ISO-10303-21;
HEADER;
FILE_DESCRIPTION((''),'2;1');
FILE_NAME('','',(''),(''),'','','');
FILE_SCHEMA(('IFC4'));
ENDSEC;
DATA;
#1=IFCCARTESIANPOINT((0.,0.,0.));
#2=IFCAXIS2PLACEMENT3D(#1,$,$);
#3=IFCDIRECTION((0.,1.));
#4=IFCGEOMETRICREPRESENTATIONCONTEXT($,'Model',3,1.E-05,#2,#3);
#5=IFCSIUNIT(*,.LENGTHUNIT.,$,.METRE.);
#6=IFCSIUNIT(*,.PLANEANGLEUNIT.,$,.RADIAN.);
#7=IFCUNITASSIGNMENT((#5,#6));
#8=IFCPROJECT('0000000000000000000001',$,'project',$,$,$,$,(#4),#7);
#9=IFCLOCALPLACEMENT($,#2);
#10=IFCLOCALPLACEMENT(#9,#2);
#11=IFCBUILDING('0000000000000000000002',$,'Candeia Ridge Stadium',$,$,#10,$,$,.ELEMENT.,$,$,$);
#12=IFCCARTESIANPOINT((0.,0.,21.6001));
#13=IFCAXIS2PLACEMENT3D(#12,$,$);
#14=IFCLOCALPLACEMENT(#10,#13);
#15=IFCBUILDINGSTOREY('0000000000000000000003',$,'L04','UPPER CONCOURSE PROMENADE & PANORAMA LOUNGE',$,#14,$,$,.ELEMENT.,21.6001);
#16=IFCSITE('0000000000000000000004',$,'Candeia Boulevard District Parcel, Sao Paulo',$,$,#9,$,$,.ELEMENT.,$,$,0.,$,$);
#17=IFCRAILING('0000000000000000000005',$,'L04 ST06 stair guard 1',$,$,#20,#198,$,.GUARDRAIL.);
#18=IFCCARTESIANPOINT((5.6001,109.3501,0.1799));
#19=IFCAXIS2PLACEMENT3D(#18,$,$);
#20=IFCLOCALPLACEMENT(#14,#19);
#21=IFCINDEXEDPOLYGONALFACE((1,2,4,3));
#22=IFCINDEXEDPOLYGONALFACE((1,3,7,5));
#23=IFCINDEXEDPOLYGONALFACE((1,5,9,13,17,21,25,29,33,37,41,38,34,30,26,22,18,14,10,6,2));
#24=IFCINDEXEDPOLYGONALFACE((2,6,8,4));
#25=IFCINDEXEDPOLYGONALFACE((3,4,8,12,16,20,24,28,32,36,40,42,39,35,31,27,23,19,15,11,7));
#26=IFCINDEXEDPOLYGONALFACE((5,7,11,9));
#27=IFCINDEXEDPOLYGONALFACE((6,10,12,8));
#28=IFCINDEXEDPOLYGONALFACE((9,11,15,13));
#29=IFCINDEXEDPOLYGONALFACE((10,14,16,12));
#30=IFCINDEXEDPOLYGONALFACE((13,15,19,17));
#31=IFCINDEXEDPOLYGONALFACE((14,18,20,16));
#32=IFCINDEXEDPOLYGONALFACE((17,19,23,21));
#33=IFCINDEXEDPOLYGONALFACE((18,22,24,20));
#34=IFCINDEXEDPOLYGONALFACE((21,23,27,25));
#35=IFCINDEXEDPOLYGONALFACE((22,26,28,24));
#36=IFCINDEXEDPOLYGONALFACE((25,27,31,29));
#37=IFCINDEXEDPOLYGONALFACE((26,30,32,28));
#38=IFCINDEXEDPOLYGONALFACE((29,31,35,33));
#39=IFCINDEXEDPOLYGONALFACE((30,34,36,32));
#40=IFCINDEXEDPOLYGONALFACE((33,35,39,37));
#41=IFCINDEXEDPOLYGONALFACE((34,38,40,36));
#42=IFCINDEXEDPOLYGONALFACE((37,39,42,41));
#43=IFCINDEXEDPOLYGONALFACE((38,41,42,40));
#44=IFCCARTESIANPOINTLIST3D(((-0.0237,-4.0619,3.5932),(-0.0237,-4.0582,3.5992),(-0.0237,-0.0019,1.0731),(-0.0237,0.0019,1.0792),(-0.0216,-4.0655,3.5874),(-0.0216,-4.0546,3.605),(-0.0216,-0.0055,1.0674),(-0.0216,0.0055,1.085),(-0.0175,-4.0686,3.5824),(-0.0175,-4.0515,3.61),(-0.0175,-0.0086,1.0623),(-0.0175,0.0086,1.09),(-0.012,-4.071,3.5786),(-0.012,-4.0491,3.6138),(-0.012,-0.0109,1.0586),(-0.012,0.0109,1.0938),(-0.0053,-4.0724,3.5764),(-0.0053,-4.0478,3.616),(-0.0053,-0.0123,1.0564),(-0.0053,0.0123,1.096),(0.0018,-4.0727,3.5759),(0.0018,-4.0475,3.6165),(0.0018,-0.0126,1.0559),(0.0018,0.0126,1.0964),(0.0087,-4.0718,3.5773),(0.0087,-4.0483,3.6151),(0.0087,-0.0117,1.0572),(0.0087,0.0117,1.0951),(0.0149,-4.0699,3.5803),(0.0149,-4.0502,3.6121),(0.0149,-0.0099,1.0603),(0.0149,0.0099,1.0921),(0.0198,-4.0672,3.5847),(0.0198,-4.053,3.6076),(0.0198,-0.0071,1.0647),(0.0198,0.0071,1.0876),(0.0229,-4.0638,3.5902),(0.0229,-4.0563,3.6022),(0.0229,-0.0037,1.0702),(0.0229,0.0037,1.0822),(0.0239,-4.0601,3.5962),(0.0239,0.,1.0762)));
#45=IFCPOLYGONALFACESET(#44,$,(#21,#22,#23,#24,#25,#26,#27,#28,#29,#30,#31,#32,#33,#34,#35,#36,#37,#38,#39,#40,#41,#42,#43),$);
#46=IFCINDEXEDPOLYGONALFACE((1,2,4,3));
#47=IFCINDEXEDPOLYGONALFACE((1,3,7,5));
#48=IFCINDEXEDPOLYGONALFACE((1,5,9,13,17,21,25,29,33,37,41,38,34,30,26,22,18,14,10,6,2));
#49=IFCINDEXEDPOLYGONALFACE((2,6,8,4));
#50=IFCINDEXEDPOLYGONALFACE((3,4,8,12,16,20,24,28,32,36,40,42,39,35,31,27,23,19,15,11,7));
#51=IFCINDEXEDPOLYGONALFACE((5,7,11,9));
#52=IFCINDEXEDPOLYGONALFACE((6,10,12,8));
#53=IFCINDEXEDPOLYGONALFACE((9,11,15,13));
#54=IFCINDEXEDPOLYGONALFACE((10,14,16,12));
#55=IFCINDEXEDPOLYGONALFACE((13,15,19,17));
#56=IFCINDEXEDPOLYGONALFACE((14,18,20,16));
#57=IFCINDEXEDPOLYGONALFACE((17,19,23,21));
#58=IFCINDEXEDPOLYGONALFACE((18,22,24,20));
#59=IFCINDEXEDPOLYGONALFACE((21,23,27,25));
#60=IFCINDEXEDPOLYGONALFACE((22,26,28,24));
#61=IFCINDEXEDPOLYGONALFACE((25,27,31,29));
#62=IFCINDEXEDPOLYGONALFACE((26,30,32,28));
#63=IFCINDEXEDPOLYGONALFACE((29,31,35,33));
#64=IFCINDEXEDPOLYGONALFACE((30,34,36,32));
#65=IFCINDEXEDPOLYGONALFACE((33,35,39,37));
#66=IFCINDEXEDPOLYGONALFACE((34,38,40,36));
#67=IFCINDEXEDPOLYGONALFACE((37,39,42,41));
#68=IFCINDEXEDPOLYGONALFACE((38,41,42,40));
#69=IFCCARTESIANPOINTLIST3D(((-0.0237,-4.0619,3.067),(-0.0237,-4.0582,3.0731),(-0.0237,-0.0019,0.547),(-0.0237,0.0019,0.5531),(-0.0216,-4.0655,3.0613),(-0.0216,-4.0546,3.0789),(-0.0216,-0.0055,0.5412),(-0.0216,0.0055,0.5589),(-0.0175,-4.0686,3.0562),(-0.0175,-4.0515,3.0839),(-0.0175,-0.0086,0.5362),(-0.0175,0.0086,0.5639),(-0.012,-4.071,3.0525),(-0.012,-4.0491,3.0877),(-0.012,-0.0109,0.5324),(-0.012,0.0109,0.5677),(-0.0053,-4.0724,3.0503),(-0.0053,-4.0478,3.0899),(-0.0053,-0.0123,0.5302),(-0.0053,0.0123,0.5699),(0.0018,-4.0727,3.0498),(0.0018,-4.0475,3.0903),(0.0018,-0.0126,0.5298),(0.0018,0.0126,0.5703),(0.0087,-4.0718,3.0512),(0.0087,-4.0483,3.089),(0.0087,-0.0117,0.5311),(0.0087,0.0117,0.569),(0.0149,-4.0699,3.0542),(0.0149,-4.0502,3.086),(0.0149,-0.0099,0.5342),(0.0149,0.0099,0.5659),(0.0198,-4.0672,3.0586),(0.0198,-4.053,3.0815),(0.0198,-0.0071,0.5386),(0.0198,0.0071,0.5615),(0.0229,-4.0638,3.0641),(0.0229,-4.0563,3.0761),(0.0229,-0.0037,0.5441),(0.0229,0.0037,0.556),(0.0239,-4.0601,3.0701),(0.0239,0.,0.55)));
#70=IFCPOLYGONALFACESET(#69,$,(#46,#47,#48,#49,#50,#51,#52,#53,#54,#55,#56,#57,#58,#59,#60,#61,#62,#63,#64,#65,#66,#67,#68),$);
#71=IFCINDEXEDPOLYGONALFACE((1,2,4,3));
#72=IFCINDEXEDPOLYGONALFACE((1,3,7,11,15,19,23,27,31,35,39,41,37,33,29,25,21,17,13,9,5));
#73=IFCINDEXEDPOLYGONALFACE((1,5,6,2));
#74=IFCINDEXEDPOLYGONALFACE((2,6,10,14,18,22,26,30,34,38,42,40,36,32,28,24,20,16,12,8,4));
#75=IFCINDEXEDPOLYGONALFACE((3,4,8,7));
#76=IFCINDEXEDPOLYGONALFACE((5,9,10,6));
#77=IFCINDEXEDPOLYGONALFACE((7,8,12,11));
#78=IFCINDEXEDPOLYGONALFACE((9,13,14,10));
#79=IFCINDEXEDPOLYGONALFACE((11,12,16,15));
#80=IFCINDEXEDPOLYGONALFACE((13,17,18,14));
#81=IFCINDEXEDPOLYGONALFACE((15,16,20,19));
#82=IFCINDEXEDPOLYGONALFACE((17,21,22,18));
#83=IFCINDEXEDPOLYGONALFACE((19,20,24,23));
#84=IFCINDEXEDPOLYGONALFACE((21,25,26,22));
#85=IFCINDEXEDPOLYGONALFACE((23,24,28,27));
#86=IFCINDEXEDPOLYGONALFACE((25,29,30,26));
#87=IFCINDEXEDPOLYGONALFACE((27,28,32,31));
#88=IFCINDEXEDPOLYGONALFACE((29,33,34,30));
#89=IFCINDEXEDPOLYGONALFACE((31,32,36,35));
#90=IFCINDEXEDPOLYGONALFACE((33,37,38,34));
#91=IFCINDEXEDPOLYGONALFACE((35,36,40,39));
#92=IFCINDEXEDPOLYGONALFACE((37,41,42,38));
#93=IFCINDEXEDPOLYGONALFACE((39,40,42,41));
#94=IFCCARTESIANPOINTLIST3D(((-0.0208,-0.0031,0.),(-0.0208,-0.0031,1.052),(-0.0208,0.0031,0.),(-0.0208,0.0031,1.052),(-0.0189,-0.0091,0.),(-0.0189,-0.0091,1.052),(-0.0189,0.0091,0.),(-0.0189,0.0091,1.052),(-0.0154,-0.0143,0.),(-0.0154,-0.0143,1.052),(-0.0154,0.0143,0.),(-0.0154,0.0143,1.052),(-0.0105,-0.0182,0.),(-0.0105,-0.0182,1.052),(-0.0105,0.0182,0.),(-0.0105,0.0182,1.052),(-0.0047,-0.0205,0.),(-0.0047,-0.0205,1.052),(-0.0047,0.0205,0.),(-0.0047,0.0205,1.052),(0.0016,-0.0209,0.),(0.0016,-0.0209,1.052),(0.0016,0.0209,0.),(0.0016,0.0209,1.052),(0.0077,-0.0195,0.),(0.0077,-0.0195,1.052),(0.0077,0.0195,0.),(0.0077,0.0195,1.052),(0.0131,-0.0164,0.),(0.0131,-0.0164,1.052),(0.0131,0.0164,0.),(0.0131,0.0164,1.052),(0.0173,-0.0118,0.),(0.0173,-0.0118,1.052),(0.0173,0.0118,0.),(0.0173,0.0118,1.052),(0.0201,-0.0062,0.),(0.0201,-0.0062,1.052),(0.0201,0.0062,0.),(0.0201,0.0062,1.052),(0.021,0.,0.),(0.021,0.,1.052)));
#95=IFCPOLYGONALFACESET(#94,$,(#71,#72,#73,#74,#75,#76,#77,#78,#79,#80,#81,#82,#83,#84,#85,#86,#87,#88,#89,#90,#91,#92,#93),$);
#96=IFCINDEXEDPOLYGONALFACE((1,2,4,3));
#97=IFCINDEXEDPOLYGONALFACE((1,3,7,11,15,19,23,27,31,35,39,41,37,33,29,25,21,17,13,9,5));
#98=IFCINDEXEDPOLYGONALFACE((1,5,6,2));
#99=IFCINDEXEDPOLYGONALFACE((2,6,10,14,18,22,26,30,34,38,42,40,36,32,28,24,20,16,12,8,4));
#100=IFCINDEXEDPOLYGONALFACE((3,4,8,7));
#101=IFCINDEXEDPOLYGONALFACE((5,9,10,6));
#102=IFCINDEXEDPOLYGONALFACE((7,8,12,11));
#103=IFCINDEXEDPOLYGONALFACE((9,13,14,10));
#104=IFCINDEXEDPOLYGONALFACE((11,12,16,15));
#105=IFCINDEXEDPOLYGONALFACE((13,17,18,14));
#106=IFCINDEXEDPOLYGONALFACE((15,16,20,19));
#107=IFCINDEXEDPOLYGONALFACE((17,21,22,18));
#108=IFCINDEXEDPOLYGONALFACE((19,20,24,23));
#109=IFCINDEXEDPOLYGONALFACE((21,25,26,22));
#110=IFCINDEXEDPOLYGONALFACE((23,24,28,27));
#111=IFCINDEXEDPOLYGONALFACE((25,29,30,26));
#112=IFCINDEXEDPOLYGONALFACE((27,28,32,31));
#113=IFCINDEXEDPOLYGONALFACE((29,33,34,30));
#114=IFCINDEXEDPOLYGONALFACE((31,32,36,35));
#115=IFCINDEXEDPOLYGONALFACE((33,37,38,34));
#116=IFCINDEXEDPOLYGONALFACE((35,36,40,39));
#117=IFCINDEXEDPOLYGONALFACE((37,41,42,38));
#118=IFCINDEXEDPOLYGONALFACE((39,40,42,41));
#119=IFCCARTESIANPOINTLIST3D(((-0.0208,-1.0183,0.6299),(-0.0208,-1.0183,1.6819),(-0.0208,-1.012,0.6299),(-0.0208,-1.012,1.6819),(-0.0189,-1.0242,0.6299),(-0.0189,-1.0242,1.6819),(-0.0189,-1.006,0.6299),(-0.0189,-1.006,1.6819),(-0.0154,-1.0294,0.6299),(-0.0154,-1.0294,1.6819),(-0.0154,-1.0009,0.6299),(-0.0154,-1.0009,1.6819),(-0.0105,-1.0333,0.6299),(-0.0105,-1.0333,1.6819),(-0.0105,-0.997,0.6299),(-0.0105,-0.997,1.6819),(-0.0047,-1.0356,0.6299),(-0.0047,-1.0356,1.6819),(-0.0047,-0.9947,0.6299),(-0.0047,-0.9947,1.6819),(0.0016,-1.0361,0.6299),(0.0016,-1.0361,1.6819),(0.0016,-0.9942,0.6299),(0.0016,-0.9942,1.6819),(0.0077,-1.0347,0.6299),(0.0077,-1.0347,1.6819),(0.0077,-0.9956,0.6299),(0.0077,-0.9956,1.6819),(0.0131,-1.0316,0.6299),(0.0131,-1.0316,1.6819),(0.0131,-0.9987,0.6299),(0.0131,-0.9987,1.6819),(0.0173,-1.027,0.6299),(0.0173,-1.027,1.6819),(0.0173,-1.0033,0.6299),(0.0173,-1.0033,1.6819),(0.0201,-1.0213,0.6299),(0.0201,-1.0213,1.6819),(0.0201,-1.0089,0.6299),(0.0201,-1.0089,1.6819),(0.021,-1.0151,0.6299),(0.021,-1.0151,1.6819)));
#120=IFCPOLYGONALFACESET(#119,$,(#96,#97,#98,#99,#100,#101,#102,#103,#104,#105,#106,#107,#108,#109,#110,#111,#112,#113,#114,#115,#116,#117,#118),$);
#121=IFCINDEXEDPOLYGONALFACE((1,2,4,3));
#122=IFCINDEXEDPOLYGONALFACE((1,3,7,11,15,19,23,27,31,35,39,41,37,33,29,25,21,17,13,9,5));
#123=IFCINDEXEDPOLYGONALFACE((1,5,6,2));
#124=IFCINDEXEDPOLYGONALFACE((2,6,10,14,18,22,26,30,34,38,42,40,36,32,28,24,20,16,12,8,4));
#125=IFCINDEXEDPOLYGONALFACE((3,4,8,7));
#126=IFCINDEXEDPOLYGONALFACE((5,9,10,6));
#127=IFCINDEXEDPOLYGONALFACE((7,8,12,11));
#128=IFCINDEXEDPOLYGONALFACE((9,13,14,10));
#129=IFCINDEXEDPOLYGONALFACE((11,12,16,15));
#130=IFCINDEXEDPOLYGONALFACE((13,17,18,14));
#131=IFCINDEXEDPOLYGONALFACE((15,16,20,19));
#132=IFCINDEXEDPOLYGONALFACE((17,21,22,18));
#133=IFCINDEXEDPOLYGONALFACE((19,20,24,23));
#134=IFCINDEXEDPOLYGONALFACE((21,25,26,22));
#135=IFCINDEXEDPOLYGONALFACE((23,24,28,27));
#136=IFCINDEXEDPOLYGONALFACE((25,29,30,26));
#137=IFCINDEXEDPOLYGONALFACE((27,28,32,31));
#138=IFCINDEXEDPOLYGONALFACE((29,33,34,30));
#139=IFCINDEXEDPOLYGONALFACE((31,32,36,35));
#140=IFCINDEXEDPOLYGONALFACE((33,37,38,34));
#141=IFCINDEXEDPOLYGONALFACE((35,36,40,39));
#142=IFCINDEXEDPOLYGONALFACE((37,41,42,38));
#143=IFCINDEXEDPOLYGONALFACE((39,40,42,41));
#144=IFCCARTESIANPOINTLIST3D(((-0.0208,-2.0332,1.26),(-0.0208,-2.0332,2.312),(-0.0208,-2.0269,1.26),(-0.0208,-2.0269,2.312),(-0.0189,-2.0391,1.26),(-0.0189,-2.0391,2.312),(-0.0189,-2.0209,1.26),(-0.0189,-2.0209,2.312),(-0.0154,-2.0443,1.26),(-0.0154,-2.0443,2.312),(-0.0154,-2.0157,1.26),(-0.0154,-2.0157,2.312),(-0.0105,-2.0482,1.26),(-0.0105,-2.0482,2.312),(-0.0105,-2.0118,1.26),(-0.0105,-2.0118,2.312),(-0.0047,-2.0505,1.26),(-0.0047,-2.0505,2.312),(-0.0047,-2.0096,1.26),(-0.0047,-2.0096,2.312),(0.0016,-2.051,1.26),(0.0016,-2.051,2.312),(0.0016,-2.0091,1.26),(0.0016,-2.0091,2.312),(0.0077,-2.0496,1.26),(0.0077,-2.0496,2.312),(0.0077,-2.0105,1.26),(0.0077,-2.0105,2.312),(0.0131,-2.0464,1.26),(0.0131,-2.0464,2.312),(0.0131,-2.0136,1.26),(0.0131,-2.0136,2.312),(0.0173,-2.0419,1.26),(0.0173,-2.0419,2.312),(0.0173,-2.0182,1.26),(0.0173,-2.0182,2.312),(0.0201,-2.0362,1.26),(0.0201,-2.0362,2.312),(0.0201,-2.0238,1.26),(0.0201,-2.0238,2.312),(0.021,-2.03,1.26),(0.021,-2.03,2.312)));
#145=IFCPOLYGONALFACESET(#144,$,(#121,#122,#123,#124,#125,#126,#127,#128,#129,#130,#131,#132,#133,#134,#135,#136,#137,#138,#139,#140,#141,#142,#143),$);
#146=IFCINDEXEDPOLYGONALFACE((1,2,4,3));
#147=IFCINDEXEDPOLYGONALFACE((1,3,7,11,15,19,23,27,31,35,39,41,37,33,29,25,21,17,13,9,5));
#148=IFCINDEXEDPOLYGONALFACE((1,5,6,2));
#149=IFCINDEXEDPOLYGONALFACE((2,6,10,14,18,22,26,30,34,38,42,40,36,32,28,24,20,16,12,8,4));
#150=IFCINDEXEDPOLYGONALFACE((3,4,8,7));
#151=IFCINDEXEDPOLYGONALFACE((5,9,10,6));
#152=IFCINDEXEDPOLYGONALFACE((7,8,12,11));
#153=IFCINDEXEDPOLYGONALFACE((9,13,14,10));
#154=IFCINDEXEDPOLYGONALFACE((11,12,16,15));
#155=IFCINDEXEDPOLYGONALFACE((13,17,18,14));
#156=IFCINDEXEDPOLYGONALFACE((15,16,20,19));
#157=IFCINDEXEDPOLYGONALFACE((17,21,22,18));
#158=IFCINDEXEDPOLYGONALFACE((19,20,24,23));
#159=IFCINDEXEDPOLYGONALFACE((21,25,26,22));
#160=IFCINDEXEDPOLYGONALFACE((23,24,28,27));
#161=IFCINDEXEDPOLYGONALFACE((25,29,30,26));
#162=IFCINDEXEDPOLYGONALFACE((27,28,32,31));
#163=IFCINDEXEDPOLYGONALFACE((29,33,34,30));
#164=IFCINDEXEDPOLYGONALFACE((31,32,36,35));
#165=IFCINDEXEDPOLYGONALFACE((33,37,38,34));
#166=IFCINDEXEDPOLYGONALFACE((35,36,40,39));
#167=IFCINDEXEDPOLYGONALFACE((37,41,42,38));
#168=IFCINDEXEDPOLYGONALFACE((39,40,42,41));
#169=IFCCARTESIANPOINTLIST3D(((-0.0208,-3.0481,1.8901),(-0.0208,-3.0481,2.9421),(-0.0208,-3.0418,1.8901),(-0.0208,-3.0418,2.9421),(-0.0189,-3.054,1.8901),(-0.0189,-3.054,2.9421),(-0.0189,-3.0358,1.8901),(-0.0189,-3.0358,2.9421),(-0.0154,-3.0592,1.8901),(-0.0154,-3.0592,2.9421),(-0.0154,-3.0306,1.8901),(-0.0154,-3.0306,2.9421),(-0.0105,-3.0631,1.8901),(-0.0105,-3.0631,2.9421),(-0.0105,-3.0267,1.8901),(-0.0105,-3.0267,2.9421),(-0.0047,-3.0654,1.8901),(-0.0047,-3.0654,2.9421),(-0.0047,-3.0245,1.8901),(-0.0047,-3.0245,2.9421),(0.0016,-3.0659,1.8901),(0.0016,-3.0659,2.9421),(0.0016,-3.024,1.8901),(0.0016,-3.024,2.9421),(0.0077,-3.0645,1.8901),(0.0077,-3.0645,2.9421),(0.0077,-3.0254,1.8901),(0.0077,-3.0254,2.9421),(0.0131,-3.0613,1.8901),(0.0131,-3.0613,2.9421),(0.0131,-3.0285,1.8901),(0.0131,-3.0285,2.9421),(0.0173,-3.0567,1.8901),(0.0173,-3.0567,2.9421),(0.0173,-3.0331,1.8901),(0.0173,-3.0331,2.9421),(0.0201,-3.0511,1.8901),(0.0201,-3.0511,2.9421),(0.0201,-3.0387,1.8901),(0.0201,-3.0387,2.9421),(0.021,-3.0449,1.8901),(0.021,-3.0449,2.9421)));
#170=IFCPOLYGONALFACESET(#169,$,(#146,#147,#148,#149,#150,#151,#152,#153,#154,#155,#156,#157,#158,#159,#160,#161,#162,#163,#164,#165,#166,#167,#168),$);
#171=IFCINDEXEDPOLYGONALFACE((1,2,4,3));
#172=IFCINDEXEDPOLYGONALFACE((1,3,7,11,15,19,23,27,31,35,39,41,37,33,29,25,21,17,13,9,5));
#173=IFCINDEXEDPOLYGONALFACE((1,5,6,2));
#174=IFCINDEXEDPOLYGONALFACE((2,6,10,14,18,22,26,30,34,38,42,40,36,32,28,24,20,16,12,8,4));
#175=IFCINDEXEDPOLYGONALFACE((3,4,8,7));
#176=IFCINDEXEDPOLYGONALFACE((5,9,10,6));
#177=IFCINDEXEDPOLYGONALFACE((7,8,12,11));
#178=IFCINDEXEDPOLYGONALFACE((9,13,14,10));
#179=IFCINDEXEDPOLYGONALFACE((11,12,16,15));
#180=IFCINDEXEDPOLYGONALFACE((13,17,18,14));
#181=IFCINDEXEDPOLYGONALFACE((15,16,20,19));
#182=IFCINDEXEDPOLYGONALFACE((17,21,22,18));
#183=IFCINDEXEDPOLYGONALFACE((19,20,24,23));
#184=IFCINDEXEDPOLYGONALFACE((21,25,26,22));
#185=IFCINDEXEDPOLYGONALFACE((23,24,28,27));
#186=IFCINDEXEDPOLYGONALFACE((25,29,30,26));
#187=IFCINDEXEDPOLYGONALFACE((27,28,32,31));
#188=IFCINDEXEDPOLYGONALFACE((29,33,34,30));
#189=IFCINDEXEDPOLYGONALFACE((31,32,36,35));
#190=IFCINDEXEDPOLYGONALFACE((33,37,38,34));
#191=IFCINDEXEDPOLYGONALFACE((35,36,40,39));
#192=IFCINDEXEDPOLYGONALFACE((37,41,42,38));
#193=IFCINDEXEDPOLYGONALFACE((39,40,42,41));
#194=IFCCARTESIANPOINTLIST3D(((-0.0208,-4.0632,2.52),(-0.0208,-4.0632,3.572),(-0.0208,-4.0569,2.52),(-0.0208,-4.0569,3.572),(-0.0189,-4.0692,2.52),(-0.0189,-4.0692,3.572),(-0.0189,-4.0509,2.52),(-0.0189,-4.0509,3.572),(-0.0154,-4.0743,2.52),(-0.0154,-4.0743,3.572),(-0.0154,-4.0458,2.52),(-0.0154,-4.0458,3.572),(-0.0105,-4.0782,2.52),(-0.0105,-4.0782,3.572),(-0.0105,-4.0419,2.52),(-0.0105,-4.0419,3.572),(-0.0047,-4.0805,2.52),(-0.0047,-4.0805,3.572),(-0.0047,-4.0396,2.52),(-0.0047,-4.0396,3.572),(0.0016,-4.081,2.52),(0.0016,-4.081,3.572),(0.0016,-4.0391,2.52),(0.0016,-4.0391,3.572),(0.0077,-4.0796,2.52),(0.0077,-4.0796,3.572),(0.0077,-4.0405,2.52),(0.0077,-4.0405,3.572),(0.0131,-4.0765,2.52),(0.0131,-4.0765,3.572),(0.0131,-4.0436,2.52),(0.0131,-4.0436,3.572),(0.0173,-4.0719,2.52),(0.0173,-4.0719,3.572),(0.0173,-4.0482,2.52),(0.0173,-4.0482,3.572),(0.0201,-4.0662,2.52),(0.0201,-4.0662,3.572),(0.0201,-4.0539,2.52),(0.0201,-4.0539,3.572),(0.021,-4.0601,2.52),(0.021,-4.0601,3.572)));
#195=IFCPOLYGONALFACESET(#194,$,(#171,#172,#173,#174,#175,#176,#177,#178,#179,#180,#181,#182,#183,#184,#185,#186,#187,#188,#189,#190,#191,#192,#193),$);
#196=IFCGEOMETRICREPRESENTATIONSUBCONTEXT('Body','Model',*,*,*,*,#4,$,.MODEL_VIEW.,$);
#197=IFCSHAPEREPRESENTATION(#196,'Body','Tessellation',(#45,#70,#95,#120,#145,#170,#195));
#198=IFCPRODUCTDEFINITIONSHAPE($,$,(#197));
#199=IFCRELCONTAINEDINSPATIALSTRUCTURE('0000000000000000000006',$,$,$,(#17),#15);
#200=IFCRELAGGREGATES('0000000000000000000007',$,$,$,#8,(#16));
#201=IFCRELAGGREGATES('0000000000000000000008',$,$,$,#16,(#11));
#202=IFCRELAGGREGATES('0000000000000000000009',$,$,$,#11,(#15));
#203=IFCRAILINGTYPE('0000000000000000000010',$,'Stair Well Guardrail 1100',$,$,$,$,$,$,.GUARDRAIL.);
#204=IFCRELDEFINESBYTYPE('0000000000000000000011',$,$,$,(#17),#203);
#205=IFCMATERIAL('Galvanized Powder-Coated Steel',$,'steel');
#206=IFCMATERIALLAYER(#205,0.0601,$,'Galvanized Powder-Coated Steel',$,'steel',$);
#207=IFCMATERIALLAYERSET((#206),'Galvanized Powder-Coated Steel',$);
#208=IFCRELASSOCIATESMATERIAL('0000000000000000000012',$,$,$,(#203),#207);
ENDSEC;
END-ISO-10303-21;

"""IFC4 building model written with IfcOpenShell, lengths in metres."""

from ifc_helpers import new_model, si_unit, direction, frame, origin, origin_2d, place, context, subcontext, project, spatial, circle, extrude, material, layer, layer_set, type_object, element, save


model = new_model("IFC4")

# Units and contexts
model_context = context("Model", 3, precision=1e-05, world=origin(), true_north=direction((0.0, 1.0)))
body_context = subcontext(model_context, "Body", "Model", "MODEL_VIEW")
ifc_project = project(units=[si_unit("LENGTHUNIT", "METRE"), si_unit("PLANEANGLEUNIT", "RADIAN")], contexts=[model_context])

# Site, building, storey
site_placement = place(None, origin())
site = spatial("IfcSite", under=ifc_project, at=site_placement, Name="Candeia Boulevard District Parcel, Sao Paulo", CompositionType="ELEMENT", RefElevation=0.0)
building_placement = place(site_placement, origin())
building = spatial("IfcBuilding", under=site, at=building_placement, Name="Candeia Ridge Stadium", CompositionType="ELEMENT")
storey_placement = place(building_placement, frame((0.0, 0.0, 21.6001)))
storey = spatial("IfcBuildingStorey", under=building, at=storey_placement, Name="L04", Description="UPPER CONCOURSE PROMENADE & PANORAMA LOUNGE", CompositionType="ELEMENT", Elevation=21.6001)

# Railing
ifc_material_1 = material(Name="Galvanized Powder-Coated Steel", Category="steel")
ifc_layer_1 = layer(ifc_material_1, 0.0601, Name="Galvanized Powder-Coated Steel", Category="steel")
ifc_layer_set_1 = layer_set([ifc_layer_1], Name="Galvanized Powder-Coated Steel")
railing_type_1 = type_object("IfcRailingType", Name="Stair Well Guardrail 1100", PredefinedType="GUARDRAIL", material=ifc_layer_set_1)
railing_1_placement = place(storey_placement, frame((5.6001, 109.3501, 0.1799)))
element("IfcRailing", 1, at=railing_1_placement, inside=storey, type_object=railing_type_1, Name="L04 ST06 stair guard 1", PredefinedType="GUARDRAIL", context=body_context, shape_type="SweptSolid", body=[
    extrude(circle(Radius=0.0239, at=origin_2d()), frame((0.0, 0.0, 1.0762), z_axis=(0.0, -0.849642, 0.52736), x_axis=(1.0, 0.0, 0.0)), (0.0, 0.0, 1.0), 4.7786),
    extrude(circle(Radius=0.0239, at=origin_2d()), frame((0.0, 0.0, 0.55), z_axis=(0.0, -0.849642, 0.52736), x_axis=(1.0, 0.0, 0.0)), (0.0, 0.0, 1.0), 4.7786),
    extrude(circle(Radius=0.021, at=origin_2d()), origin(), (0.0, 0.0, 1.0), 1.052),
    extrude(circle(Radius=0.021, at=origin_2d()), frame((0.0, -1.0151, 0.6299)), (0.0, 0.0, 1.0), 1.052),
    extrude(circle(Radius=0.021, at=origin_2d()), frame((0.0, -2.03, 1.26)), (0.0, 0.0, 1.0), 1.052),
    extrude(circle(Radius=0.021, at=origin_2d()), frame((0.0, -3.0449, 1.8901)), (0.0, 0.0, 1.0), 1.052),
    extrude(circle(Radius=0.021, at=origin_2d()), frame((0.0, -4.0601, 2.52)), (0.0, 0.0, 1.0), 1.052),
])

save(model, "model.ifc")
